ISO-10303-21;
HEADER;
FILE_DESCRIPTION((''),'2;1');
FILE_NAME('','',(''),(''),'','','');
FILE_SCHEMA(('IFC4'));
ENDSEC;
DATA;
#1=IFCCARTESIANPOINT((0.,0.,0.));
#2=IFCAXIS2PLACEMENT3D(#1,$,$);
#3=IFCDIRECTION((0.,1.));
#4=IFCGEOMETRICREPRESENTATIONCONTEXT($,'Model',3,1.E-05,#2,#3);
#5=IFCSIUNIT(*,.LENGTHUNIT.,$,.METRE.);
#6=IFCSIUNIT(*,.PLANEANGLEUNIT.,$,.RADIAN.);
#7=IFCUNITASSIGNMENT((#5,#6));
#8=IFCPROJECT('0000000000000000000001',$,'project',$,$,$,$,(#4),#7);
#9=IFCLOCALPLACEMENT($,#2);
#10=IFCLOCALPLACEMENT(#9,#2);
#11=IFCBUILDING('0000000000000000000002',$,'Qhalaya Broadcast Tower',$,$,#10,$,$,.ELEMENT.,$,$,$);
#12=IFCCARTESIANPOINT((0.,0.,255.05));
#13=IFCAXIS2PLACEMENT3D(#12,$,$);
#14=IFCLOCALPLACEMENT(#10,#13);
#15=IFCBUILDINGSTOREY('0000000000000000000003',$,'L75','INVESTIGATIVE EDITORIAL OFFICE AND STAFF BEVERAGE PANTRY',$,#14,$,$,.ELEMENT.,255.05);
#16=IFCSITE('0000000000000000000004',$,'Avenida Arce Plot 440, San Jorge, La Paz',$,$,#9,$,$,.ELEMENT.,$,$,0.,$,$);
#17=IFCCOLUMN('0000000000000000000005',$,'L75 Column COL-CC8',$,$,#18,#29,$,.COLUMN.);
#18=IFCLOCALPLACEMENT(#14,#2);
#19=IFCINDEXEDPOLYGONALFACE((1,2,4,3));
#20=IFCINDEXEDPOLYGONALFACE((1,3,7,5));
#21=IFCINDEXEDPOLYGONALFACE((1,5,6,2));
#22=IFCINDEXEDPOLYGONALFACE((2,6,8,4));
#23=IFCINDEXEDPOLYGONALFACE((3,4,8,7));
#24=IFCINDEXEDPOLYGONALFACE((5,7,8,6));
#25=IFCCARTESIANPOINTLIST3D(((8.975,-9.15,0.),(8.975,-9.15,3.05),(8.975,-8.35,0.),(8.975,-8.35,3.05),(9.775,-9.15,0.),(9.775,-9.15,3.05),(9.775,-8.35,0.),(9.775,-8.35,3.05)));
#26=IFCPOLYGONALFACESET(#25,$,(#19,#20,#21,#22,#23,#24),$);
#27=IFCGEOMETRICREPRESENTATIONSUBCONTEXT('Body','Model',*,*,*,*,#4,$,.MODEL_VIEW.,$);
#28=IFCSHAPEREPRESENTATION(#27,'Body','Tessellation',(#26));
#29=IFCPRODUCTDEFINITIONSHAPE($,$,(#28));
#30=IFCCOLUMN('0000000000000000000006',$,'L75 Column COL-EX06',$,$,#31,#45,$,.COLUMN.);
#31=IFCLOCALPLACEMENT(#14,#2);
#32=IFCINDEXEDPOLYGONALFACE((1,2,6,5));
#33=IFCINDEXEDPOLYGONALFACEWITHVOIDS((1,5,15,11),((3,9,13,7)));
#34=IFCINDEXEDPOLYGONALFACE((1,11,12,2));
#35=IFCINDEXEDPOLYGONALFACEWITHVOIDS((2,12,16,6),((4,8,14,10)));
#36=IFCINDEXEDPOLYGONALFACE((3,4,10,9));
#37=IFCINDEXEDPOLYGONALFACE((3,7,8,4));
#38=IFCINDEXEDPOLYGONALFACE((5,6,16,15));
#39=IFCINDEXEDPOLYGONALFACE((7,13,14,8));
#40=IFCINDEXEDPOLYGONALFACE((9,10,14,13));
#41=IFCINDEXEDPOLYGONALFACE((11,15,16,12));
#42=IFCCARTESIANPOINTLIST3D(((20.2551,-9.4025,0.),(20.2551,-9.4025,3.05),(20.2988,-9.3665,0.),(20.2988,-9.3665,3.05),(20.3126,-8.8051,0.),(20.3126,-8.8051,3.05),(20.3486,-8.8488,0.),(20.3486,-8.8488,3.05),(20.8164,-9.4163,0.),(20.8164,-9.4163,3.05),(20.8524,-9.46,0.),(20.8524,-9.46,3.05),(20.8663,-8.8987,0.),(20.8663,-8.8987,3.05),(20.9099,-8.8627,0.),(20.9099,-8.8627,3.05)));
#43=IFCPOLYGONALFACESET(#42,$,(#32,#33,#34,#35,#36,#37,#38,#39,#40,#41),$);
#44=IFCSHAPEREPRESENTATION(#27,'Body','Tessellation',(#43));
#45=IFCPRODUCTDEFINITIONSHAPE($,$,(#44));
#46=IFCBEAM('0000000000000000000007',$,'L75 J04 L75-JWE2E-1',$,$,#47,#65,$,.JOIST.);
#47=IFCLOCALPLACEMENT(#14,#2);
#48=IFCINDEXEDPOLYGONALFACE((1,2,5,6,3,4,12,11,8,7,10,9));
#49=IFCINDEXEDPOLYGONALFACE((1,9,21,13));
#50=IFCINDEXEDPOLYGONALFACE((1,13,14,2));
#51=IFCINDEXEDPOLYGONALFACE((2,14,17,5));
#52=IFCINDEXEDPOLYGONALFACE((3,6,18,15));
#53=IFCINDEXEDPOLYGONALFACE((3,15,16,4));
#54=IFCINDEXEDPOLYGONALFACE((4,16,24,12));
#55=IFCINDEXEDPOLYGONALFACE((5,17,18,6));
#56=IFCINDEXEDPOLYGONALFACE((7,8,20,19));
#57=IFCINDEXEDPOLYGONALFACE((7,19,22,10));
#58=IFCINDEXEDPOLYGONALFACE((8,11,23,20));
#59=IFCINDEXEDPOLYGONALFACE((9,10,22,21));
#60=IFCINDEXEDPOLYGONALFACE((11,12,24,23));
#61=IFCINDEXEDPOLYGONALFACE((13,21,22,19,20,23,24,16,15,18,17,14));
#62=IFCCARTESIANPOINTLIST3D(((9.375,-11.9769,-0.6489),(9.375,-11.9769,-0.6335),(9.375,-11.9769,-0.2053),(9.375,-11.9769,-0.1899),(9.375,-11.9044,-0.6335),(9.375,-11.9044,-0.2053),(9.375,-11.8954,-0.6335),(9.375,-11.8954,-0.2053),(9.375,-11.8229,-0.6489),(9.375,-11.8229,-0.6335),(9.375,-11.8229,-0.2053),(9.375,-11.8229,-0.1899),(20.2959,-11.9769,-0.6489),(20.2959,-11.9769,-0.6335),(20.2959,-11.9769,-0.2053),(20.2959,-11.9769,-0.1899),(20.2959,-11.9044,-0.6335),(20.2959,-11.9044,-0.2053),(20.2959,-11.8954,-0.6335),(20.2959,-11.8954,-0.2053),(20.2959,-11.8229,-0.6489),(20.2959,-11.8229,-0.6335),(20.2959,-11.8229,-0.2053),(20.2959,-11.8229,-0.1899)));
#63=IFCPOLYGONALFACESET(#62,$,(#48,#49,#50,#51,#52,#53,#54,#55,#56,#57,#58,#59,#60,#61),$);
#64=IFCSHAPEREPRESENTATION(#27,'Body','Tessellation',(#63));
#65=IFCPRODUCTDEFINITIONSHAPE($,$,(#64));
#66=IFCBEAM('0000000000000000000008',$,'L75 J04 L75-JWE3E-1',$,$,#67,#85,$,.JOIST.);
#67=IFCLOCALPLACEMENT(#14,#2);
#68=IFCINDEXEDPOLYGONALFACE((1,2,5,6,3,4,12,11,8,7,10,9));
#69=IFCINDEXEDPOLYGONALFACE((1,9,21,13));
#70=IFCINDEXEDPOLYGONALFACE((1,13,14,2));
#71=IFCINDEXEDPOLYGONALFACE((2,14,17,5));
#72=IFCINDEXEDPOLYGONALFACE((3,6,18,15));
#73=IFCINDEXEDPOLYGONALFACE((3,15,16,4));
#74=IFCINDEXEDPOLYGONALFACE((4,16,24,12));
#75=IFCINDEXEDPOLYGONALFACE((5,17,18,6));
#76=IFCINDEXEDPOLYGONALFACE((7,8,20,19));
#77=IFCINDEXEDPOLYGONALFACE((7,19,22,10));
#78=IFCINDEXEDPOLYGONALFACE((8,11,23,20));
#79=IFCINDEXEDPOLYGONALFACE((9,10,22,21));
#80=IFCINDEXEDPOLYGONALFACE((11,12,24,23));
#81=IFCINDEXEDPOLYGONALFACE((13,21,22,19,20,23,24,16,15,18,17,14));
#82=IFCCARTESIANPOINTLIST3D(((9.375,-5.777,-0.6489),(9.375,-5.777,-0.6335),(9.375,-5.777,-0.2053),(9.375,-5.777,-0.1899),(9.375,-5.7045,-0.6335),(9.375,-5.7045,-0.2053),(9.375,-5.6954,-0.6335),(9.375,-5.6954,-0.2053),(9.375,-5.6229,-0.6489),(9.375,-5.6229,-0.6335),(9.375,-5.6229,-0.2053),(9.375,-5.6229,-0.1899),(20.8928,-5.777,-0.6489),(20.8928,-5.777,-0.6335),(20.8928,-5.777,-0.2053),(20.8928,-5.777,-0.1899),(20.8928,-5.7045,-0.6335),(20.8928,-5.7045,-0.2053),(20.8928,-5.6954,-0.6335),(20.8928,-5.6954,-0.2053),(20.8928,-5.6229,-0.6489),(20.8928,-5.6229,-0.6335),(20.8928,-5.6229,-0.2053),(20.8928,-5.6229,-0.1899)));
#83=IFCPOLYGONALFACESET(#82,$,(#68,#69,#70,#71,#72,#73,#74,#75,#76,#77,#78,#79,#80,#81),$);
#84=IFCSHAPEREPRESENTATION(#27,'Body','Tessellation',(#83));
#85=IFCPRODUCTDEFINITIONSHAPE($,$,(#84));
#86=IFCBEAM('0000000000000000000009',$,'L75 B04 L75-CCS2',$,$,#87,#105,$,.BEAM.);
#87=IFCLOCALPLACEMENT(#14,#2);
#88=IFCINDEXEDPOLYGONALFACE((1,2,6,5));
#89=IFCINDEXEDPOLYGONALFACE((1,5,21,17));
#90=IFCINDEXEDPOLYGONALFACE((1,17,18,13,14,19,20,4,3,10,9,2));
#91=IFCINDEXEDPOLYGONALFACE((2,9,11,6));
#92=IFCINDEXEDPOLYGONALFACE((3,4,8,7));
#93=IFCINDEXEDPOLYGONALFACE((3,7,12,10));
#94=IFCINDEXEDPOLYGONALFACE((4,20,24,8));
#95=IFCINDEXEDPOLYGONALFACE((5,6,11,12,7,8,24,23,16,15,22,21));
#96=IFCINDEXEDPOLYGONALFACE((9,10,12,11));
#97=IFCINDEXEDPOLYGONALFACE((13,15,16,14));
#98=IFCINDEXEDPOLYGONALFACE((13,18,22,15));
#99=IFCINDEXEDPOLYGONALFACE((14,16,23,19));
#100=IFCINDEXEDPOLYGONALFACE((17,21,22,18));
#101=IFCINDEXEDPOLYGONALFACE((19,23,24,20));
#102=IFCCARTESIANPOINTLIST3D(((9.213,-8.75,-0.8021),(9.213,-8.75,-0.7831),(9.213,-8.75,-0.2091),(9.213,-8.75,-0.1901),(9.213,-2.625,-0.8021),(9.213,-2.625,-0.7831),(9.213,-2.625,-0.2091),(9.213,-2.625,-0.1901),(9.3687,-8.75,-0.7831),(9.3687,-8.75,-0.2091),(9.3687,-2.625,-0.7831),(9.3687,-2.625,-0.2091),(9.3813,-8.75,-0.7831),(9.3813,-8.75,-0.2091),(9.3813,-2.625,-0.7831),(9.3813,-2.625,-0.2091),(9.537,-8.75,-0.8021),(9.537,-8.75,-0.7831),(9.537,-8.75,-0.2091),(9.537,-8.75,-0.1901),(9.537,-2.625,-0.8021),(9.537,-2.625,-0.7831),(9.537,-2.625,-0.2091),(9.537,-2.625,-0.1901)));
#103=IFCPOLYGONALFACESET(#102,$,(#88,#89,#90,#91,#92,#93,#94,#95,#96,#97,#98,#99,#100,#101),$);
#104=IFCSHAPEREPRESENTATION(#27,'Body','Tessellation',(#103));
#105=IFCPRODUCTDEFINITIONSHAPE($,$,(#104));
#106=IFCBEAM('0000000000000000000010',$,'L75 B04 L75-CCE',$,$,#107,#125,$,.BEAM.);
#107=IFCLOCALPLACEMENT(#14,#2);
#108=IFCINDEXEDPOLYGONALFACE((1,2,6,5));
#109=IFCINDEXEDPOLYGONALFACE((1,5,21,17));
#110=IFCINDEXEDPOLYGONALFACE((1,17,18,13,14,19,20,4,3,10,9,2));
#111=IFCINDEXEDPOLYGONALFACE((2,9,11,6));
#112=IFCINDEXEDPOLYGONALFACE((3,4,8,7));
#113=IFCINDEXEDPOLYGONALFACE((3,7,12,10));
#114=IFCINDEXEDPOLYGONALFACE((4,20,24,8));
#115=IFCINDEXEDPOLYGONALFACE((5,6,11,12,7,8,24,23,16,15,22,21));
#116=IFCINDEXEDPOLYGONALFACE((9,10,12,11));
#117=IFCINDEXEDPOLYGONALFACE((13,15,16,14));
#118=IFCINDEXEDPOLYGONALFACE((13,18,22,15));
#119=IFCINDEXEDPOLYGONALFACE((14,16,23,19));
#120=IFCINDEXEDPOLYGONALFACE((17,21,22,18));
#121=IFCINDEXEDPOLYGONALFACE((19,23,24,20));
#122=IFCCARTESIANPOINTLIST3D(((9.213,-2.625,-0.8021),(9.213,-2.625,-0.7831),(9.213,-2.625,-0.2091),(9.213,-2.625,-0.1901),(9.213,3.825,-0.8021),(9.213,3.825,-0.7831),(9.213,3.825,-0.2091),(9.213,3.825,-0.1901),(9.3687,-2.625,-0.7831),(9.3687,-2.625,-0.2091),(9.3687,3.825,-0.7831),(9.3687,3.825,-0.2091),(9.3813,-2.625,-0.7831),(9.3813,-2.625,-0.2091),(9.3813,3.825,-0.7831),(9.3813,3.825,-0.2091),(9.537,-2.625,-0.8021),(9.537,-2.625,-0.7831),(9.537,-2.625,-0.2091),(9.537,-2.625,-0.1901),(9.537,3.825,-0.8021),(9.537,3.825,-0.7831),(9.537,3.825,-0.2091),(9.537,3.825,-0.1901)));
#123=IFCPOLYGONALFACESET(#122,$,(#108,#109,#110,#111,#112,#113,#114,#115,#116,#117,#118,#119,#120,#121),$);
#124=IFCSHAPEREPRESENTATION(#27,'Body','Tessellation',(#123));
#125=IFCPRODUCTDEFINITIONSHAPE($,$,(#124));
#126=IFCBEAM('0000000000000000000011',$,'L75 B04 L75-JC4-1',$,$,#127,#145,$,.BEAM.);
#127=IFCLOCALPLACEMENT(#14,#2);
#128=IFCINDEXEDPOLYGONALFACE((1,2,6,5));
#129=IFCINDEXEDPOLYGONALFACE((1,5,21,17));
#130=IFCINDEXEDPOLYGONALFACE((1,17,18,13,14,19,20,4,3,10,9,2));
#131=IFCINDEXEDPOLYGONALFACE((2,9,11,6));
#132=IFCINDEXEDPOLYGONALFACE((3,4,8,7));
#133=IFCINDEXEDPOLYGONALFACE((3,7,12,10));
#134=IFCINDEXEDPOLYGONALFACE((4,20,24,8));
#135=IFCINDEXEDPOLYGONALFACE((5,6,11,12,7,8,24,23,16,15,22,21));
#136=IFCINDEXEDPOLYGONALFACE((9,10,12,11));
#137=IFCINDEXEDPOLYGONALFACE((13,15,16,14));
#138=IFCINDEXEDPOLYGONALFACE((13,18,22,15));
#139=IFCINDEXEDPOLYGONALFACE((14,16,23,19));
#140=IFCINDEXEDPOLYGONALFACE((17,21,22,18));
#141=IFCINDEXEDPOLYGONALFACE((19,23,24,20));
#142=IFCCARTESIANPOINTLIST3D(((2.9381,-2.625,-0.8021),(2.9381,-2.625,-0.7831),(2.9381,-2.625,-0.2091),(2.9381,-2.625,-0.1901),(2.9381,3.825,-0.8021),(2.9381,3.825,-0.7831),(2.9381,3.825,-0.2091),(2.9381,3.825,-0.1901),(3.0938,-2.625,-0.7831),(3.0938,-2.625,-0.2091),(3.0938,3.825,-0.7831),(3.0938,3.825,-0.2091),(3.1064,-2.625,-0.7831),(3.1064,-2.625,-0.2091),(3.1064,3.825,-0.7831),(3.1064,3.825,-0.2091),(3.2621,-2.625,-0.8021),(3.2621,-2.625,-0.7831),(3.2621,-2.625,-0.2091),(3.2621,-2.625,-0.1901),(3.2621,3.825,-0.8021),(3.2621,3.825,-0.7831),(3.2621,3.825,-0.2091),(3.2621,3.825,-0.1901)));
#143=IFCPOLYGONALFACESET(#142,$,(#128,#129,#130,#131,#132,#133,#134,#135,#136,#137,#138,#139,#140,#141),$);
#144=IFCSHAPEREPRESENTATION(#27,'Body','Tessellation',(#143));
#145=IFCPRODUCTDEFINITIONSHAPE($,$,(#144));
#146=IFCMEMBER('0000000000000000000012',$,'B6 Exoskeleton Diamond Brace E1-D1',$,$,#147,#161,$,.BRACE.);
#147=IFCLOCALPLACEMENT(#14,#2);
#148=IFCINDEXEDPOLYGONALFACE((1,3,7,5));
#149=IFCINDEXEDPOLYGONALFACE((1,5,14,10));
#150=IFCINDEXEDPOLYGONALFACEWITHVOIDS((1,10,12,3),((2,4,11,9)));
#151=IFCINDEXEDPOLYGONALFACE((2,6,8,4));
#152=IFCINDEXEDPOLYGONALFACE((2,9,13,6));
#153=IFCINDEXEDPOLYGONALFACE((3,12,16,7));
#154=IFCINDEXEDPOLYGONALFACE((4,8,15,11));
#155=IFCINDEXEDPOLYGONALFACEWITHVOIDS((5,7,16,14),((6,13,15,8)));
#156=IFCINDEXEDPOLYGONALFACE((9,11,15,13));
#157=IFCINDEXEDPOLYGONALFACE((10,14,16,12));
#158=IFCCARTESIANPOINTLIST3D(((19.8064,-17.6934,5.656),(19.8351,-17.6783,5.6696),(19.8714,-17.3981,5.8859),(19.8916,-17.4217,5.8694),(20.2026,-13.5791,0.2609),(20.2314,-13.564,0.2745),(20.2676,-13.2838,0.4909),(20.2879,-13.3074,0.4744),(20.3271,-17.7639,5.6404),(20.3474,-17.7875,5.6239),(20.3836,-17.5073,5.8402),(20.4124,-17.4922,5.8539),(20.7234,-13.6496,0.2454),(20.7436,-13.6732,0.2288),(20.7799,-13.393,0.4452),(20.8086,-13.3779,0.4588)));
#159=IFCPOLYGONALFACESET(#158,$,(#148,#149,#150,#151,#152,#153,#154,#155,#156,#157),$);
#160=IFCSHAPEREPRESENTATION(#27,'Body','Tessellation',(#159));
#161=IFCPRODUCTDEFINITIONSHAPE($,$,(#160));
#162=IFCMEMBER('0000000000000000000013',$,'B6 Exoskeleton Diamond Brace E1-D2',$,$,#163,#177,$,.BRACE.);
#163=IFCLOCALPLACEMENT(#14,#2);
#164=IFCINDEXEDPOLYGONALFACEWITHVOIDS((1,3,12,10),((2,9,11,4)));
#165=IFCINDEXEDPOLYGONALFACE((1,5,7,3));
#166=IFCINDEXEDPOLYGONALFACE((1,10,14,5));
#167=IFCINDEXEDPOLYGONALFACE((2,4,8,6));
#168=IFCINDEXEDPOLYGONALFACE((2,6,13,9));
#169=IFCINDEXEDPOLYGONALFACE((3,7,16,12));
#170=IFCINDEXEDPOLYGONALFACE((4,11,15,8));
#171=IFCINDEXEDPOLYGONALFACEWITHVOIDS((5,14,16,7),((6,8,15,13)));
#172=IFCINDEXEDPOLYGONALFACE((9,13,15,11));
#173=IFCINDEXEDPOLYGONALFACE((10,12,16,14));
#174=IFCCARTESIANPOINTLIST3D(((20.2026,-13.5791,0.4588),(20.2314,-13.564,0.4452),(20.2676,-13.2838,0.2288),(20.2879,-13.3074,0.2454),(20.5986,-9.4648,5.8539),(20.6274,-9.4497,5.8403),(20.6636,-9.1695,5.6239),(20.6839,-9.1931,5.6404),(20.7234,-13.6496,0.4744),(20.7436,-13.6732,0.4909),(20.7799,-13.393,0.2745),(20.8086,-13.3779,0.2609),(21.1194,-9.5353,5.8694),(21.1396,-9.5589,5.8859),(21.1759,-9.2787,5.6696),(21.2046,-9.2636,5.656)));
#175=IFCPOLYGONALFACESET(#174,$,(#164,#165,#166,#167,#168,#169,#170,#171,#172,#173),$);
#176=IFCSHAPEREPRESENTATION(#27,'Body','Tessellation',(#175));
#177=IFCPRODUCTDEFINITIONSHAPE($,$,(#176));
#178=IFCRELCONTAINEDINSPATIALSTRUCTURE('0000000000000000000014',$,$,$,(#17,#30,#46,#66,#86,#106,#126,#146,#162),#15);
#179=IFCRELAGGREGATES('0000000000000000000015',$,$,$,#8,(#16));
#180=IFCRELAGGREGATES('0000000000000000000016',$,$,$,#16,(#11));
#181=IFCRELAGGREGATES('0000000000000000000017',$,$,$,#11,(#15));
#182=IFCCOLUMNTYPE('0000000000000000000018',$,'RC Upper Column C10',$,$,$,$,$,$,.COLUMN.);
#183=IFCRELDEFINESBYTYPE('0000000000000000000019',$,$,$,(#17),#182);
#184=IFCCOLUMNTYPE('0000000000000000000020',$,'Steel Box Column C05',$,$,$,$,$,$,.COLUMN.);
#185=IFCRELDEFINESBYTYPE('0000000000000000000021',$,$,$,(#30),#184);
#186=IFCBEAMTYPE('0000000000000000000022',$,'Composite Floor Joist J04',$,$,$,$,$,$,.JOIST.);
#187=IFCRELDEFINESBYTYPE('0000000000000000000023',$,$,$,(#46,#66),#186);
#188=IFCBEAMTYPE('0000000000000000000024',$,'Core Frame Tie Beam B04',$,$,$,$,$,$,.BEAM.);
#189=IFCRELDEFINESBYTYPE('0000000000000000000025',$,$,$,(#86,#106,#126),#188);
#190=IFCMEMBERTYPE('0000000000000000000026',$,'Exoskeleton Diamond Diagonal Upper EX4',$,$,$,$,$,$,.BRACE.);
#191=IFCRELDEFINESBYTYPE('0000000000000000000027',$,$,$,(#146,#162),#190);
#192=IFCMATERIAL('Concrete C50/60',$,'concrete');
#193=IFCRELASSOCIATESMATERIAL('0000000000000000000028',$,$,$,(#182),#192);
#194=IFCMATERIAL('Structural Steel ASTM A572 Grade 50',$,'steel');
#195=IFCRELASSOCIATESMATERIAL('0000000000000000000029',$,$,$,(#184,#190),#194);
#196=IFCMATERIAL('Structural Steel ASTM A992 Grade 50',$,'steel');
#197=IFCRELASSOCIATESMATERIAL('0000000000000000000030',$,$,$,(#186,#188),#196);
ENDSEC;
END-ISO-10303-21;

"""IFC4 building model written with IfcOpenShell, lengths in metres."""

from ifc_helpers import new_model, si_unit, direction, frame, origin, origin_2d, place, context, subcontext, project, spatial, rectangle, hollow_rectangle, i_section, extrude, material, material_profile, profile_set, type_object, element, save


model = new_model("IFC4")

# Units and contexts
model_context = context("Model", 3, precision=1e-05, world=origin(), true_north=direction((0.0, 1.0)))
body_context = subcontext(model_context, "Body", "Model", "MODEL_VIEW")
ifc_project = project(units=[si_unit("LENGTHUNIT", "METRE"), si_unit("PLANEANGLEUNIT", "RADIAN")], contexts=[model_context])

# Site, building, storey
site_placement = place(None, origin())
site = spatial("IfcSite", under=ifc_project, at=site_placement, Name="Avenida Arce Plot 440, San Jorge, La Paz", CompositionType="ELEMENT", RefElevation=0.0)
building_placement = place(site_placement, origin())
building = spatial("IfcBuilding", under=site, at=building_placement, Name="Qhalaya Broadcast Tower", CompositionType="ELEMENT")
storey_placement = place(building_placement, frame((0.0, 0.0, 255.05)))
storey = spatial("IfcBuildingStorey", under=building, at=storey_placement, Name="L75", Description="INVESTIGATIVE EDITORIAL OFFICE AND STAFF BEVERAGE PANTRY", CompositionType="ELEMENT", Elevation=255.05)

# Columns
ifc_material_1 = material(Name="Concrete C50/60", Category="concrete")
ifc_material_profile_1 = material_profile(ifc_material_1, rectangle(XDim=0.8, YDim=0.8, at=origin_2d()), Name="RC-COL 800x800")
ifc_profile_set_1 = profile_set([ifc_material_profile_1], Name="Concrete C50/60")
column_type_1 = type_object("IfcColumnType", Name="RC Upper Column C10", PredefinedType="COLUMN", material=ifc_profile_set_1)
column_1_placement = place(storey_placement, frame((9.375, -8.75, 0.0), z_axis=(0.0, 0.0, 1.0), x_axis=(1.0, 0.0, 0.0)))
element("IfcColumn", 1, at=column_1_placement, inside=storey, type_object=column_type_1, Name="L75 Column COL-CC8", PredefinedType="COLUMN", context=body_context, shape_type="SweptSolid", body=[
    extrude(rectangle(XDim=0.8, YDim=0.8, at=origin_2d()), origin(), (0.0, 0.0, 1.0), 3.05),
])
ifc_material_2 = material(Name="Structural Steel ASTM A572 Grade 50", Category="steel")
ifc_material_profile_2 = material_profile(ifc_material_2, hollow_rectangle(XDim=0.6001, YDim=0.6001, WallThickness=0.04, at=origin_2d()), Name="BOX 600x600x40")
ifc_profile_set_2 = profile_set([ifc_material_profile_2], Name="Structural Steel ASTM A572 Grade 50")
column_type_2 = type_object("IfcColumnType", Name="Steel Box Column C05", PredefinedType="COLUMN", material=ifc_profile_set_2)
column_2_placement = place(storey_placement, frame((20.5825, -9.1326, 0.0), z_axis=(0.0, 0.0, 1.0), x_axis=(0.095846, 0.995396, 0.0)))
element("IfcColumn", 2, at=column_2_placement, inside=storey, type_object=column_type_2, Name="L75 Column COL-EX06", PredefinedType="COLUMN", context=body_context, shape_type="SweptSolid", body=[
    extrude(hollow_rectangle(XDim=0.6001, YDim=0.6001, WallThickness=0.04, at=origin_2d()), origin(), (0.0, 0.0, 1.0), 3.05),
])

# Beams
ifc_material_3 = material(Name="Structural Steel ASTM A992 Grade 50", Category="steel")
ifc_material_profile_3 = material_profile(ifc_material_3, i_section(OverallWidth=0.1541, OverallDepth=0.459, WebThickness=0.009, FlangeThickness=0.0154, at=origin_2d()), Name="W18X46")
ifc_profile_set_3 = profile_set([ifc_material_profile_3], Name="Structural Steel ASTM A992 Grade 50")
beam_type_1 = type_object("IfcBeamType", Name="Composite Floor Joist J04", PredefinedType="JOIST", material=ifc_profile_set_3)
beam_1_placement = place(storey_placement, frame((9.375, -11.8999, -0.4194), z_axis=(1.0, 0.0, 0.0), x_axis=(0.0, 1.0, 0.0)))
element("IfcBeam", 3, at=beam_1_placement, inside=storey, type_object=beam_type_1, Name="L75 J04 L75-JWE2E-1", PredefinedType="JOIST", context=body_context, shape_type="SweptSolid", body=[
    extrude(i_section(OverallWidth=0.1541, OverallDepth=0.459, WebThickness=0.009, FlangeThickness=0.0154, at=origin_2d()), origin(), (0.0, 0.0, 1.0), 10.9209),
])
beam_2_placement = place(storey_placement, frame((9.375, -5.7, -0.4194), z_axis=(1.0, 0.0, 0.0), x_axis=(0.0, 1.0, 0.0)))
element("IfcBeam", 4, at=beam_2_placement, inside=storey, type_object=beam_type_1, Name="L75 J04 L75-JWE3E-1", PredefinedType="JOIST", context=body_context, shape_type="SweptSolid", body=[
    extrude(i_section(OverallWidth=0.1541, OverallDepth=0.459, WebThickness=0.009, FlangeThickness=0.0154, at=origin_2d()), origin(), (0.0, 0.0, 1.0), 11.5178),
])
ifc_material_profile_4 = material_profile(ifc_material_3, i_section(OverallWidth=0.324, OverallDepth=0.6121, WebThickness=0.0127, FlangeThickness=0.019, at=origin_2d()), Name="W24X104")
ifc_profile_set_4 = profile_set([ifc_material_profile_4], Name="Structural Steel ASTM A992 Grade 50")
beam_type_2 = type_object("IfcBeamType", Name="Core Frame Tie Beam B04", PredefinedType="BEAM", material=ifc_profile_set_4)
beam_3_placement = place(storey_placement, frame((9.375, -8.75, -0.4961), z_axis=(0.0, 1.0, 0.0), x_axis=(-1.0, 0.0, 0.0)))
element("IfcBeam", 5, at=beam_3_placement, inside=storey, type_object=beam_type_2, Name="L75 B04 L75-CCS2", PredefinedType="BEAM", context=body_context, shape_type="SweptSolid", body=[
    extrude(i_section(OverallWidth=0.324, OverallDepth=0.6121, WebThickness=0.0127, FlangeThickness=0.019, at=origin_2d()), origin(), (0.0, 0.0, 1.0), 6.125),
])
for number, where, z_axis, x_axis, name in (
    (6, (9.375, -2.625, -0.4961), (0.0, 1.0, 0.0), (-1.0, 0.0, 0.0), "L75 B04 L75-CCE"),
    (7, (3.1001, -2.625, -0.4961), (0.0, 1.0, 0.0), (-1.0, 0.0, 0.0), "L75 B04 L75-JC4-1"),
):
    element("IfcBeam", number, at=place(storey_placement, frame(where, z_axis=z_axis, x_axis=x_axis)), inside=storey, type_object=beam_type_2, Name=name, PredefinedType="BEAM", context=body_context, shape_type="SweptSolid", body=[
        extrude(i_section(OverallWidth=0.324, OverallDepth=0.6121, WebThickness=0.0127, FlangeThickness=0.019, at=origin_2d()), origin(), (0.0, 0.0, 1.0), 6.45),
    ])

# Members
ifc_material_profile_5 = material_profile(ifc_material_2, hollow_rectangle(XDim=0.3799, YDim=0.55, WallThickness=0.0249, at=origin_2d()), Name="BOX 380x550x25")
ifc_profile_set_5 = profile_set([ifc_material_profile_5], Name="Structural Steel ASTM A572 Grade 50")
member_type = type_object("IfcMemberType", Name="Exoskeleton Diamond Diagonal Upper EX4", PredefinedType="BRACE", material=ifc_profile_set_5)
for number, where, z_axis, x_axis, name in (
    (8, (20.5056, -13.4785, 0.3599), (-0.058302, -0.605363, 0.793811), (0.171153, 0.777329, 0.605364), "B6 Exoskeleton Diamond Brace E1-D1"),
    (9, (20.5056, -13.4785, 0.3599), (0.058266, 0.605364, 0.793813), (-0.171108, -0.777341, 0.605362), "B6 Exoskeleton Diamond Brace E1-D2"),
):
    element("IfcMember", number, at=place(storey_placement, frame(where, z_axis=z_axis, x_axis=x_axis)), inside=storey, type_object=member_type, Name=name, PredefinedType="BRACE", context=body_context, shape_type="SweptSolid", body=[
        extrude(hollow_rectangle(XDim=0.3799, YDim=0.55, WallThickness=0.0249, at=origin_2d()), origin(), (0.0, 0.0, 1.0), 6.7964),
    ])

save(model, "model.ifc")
